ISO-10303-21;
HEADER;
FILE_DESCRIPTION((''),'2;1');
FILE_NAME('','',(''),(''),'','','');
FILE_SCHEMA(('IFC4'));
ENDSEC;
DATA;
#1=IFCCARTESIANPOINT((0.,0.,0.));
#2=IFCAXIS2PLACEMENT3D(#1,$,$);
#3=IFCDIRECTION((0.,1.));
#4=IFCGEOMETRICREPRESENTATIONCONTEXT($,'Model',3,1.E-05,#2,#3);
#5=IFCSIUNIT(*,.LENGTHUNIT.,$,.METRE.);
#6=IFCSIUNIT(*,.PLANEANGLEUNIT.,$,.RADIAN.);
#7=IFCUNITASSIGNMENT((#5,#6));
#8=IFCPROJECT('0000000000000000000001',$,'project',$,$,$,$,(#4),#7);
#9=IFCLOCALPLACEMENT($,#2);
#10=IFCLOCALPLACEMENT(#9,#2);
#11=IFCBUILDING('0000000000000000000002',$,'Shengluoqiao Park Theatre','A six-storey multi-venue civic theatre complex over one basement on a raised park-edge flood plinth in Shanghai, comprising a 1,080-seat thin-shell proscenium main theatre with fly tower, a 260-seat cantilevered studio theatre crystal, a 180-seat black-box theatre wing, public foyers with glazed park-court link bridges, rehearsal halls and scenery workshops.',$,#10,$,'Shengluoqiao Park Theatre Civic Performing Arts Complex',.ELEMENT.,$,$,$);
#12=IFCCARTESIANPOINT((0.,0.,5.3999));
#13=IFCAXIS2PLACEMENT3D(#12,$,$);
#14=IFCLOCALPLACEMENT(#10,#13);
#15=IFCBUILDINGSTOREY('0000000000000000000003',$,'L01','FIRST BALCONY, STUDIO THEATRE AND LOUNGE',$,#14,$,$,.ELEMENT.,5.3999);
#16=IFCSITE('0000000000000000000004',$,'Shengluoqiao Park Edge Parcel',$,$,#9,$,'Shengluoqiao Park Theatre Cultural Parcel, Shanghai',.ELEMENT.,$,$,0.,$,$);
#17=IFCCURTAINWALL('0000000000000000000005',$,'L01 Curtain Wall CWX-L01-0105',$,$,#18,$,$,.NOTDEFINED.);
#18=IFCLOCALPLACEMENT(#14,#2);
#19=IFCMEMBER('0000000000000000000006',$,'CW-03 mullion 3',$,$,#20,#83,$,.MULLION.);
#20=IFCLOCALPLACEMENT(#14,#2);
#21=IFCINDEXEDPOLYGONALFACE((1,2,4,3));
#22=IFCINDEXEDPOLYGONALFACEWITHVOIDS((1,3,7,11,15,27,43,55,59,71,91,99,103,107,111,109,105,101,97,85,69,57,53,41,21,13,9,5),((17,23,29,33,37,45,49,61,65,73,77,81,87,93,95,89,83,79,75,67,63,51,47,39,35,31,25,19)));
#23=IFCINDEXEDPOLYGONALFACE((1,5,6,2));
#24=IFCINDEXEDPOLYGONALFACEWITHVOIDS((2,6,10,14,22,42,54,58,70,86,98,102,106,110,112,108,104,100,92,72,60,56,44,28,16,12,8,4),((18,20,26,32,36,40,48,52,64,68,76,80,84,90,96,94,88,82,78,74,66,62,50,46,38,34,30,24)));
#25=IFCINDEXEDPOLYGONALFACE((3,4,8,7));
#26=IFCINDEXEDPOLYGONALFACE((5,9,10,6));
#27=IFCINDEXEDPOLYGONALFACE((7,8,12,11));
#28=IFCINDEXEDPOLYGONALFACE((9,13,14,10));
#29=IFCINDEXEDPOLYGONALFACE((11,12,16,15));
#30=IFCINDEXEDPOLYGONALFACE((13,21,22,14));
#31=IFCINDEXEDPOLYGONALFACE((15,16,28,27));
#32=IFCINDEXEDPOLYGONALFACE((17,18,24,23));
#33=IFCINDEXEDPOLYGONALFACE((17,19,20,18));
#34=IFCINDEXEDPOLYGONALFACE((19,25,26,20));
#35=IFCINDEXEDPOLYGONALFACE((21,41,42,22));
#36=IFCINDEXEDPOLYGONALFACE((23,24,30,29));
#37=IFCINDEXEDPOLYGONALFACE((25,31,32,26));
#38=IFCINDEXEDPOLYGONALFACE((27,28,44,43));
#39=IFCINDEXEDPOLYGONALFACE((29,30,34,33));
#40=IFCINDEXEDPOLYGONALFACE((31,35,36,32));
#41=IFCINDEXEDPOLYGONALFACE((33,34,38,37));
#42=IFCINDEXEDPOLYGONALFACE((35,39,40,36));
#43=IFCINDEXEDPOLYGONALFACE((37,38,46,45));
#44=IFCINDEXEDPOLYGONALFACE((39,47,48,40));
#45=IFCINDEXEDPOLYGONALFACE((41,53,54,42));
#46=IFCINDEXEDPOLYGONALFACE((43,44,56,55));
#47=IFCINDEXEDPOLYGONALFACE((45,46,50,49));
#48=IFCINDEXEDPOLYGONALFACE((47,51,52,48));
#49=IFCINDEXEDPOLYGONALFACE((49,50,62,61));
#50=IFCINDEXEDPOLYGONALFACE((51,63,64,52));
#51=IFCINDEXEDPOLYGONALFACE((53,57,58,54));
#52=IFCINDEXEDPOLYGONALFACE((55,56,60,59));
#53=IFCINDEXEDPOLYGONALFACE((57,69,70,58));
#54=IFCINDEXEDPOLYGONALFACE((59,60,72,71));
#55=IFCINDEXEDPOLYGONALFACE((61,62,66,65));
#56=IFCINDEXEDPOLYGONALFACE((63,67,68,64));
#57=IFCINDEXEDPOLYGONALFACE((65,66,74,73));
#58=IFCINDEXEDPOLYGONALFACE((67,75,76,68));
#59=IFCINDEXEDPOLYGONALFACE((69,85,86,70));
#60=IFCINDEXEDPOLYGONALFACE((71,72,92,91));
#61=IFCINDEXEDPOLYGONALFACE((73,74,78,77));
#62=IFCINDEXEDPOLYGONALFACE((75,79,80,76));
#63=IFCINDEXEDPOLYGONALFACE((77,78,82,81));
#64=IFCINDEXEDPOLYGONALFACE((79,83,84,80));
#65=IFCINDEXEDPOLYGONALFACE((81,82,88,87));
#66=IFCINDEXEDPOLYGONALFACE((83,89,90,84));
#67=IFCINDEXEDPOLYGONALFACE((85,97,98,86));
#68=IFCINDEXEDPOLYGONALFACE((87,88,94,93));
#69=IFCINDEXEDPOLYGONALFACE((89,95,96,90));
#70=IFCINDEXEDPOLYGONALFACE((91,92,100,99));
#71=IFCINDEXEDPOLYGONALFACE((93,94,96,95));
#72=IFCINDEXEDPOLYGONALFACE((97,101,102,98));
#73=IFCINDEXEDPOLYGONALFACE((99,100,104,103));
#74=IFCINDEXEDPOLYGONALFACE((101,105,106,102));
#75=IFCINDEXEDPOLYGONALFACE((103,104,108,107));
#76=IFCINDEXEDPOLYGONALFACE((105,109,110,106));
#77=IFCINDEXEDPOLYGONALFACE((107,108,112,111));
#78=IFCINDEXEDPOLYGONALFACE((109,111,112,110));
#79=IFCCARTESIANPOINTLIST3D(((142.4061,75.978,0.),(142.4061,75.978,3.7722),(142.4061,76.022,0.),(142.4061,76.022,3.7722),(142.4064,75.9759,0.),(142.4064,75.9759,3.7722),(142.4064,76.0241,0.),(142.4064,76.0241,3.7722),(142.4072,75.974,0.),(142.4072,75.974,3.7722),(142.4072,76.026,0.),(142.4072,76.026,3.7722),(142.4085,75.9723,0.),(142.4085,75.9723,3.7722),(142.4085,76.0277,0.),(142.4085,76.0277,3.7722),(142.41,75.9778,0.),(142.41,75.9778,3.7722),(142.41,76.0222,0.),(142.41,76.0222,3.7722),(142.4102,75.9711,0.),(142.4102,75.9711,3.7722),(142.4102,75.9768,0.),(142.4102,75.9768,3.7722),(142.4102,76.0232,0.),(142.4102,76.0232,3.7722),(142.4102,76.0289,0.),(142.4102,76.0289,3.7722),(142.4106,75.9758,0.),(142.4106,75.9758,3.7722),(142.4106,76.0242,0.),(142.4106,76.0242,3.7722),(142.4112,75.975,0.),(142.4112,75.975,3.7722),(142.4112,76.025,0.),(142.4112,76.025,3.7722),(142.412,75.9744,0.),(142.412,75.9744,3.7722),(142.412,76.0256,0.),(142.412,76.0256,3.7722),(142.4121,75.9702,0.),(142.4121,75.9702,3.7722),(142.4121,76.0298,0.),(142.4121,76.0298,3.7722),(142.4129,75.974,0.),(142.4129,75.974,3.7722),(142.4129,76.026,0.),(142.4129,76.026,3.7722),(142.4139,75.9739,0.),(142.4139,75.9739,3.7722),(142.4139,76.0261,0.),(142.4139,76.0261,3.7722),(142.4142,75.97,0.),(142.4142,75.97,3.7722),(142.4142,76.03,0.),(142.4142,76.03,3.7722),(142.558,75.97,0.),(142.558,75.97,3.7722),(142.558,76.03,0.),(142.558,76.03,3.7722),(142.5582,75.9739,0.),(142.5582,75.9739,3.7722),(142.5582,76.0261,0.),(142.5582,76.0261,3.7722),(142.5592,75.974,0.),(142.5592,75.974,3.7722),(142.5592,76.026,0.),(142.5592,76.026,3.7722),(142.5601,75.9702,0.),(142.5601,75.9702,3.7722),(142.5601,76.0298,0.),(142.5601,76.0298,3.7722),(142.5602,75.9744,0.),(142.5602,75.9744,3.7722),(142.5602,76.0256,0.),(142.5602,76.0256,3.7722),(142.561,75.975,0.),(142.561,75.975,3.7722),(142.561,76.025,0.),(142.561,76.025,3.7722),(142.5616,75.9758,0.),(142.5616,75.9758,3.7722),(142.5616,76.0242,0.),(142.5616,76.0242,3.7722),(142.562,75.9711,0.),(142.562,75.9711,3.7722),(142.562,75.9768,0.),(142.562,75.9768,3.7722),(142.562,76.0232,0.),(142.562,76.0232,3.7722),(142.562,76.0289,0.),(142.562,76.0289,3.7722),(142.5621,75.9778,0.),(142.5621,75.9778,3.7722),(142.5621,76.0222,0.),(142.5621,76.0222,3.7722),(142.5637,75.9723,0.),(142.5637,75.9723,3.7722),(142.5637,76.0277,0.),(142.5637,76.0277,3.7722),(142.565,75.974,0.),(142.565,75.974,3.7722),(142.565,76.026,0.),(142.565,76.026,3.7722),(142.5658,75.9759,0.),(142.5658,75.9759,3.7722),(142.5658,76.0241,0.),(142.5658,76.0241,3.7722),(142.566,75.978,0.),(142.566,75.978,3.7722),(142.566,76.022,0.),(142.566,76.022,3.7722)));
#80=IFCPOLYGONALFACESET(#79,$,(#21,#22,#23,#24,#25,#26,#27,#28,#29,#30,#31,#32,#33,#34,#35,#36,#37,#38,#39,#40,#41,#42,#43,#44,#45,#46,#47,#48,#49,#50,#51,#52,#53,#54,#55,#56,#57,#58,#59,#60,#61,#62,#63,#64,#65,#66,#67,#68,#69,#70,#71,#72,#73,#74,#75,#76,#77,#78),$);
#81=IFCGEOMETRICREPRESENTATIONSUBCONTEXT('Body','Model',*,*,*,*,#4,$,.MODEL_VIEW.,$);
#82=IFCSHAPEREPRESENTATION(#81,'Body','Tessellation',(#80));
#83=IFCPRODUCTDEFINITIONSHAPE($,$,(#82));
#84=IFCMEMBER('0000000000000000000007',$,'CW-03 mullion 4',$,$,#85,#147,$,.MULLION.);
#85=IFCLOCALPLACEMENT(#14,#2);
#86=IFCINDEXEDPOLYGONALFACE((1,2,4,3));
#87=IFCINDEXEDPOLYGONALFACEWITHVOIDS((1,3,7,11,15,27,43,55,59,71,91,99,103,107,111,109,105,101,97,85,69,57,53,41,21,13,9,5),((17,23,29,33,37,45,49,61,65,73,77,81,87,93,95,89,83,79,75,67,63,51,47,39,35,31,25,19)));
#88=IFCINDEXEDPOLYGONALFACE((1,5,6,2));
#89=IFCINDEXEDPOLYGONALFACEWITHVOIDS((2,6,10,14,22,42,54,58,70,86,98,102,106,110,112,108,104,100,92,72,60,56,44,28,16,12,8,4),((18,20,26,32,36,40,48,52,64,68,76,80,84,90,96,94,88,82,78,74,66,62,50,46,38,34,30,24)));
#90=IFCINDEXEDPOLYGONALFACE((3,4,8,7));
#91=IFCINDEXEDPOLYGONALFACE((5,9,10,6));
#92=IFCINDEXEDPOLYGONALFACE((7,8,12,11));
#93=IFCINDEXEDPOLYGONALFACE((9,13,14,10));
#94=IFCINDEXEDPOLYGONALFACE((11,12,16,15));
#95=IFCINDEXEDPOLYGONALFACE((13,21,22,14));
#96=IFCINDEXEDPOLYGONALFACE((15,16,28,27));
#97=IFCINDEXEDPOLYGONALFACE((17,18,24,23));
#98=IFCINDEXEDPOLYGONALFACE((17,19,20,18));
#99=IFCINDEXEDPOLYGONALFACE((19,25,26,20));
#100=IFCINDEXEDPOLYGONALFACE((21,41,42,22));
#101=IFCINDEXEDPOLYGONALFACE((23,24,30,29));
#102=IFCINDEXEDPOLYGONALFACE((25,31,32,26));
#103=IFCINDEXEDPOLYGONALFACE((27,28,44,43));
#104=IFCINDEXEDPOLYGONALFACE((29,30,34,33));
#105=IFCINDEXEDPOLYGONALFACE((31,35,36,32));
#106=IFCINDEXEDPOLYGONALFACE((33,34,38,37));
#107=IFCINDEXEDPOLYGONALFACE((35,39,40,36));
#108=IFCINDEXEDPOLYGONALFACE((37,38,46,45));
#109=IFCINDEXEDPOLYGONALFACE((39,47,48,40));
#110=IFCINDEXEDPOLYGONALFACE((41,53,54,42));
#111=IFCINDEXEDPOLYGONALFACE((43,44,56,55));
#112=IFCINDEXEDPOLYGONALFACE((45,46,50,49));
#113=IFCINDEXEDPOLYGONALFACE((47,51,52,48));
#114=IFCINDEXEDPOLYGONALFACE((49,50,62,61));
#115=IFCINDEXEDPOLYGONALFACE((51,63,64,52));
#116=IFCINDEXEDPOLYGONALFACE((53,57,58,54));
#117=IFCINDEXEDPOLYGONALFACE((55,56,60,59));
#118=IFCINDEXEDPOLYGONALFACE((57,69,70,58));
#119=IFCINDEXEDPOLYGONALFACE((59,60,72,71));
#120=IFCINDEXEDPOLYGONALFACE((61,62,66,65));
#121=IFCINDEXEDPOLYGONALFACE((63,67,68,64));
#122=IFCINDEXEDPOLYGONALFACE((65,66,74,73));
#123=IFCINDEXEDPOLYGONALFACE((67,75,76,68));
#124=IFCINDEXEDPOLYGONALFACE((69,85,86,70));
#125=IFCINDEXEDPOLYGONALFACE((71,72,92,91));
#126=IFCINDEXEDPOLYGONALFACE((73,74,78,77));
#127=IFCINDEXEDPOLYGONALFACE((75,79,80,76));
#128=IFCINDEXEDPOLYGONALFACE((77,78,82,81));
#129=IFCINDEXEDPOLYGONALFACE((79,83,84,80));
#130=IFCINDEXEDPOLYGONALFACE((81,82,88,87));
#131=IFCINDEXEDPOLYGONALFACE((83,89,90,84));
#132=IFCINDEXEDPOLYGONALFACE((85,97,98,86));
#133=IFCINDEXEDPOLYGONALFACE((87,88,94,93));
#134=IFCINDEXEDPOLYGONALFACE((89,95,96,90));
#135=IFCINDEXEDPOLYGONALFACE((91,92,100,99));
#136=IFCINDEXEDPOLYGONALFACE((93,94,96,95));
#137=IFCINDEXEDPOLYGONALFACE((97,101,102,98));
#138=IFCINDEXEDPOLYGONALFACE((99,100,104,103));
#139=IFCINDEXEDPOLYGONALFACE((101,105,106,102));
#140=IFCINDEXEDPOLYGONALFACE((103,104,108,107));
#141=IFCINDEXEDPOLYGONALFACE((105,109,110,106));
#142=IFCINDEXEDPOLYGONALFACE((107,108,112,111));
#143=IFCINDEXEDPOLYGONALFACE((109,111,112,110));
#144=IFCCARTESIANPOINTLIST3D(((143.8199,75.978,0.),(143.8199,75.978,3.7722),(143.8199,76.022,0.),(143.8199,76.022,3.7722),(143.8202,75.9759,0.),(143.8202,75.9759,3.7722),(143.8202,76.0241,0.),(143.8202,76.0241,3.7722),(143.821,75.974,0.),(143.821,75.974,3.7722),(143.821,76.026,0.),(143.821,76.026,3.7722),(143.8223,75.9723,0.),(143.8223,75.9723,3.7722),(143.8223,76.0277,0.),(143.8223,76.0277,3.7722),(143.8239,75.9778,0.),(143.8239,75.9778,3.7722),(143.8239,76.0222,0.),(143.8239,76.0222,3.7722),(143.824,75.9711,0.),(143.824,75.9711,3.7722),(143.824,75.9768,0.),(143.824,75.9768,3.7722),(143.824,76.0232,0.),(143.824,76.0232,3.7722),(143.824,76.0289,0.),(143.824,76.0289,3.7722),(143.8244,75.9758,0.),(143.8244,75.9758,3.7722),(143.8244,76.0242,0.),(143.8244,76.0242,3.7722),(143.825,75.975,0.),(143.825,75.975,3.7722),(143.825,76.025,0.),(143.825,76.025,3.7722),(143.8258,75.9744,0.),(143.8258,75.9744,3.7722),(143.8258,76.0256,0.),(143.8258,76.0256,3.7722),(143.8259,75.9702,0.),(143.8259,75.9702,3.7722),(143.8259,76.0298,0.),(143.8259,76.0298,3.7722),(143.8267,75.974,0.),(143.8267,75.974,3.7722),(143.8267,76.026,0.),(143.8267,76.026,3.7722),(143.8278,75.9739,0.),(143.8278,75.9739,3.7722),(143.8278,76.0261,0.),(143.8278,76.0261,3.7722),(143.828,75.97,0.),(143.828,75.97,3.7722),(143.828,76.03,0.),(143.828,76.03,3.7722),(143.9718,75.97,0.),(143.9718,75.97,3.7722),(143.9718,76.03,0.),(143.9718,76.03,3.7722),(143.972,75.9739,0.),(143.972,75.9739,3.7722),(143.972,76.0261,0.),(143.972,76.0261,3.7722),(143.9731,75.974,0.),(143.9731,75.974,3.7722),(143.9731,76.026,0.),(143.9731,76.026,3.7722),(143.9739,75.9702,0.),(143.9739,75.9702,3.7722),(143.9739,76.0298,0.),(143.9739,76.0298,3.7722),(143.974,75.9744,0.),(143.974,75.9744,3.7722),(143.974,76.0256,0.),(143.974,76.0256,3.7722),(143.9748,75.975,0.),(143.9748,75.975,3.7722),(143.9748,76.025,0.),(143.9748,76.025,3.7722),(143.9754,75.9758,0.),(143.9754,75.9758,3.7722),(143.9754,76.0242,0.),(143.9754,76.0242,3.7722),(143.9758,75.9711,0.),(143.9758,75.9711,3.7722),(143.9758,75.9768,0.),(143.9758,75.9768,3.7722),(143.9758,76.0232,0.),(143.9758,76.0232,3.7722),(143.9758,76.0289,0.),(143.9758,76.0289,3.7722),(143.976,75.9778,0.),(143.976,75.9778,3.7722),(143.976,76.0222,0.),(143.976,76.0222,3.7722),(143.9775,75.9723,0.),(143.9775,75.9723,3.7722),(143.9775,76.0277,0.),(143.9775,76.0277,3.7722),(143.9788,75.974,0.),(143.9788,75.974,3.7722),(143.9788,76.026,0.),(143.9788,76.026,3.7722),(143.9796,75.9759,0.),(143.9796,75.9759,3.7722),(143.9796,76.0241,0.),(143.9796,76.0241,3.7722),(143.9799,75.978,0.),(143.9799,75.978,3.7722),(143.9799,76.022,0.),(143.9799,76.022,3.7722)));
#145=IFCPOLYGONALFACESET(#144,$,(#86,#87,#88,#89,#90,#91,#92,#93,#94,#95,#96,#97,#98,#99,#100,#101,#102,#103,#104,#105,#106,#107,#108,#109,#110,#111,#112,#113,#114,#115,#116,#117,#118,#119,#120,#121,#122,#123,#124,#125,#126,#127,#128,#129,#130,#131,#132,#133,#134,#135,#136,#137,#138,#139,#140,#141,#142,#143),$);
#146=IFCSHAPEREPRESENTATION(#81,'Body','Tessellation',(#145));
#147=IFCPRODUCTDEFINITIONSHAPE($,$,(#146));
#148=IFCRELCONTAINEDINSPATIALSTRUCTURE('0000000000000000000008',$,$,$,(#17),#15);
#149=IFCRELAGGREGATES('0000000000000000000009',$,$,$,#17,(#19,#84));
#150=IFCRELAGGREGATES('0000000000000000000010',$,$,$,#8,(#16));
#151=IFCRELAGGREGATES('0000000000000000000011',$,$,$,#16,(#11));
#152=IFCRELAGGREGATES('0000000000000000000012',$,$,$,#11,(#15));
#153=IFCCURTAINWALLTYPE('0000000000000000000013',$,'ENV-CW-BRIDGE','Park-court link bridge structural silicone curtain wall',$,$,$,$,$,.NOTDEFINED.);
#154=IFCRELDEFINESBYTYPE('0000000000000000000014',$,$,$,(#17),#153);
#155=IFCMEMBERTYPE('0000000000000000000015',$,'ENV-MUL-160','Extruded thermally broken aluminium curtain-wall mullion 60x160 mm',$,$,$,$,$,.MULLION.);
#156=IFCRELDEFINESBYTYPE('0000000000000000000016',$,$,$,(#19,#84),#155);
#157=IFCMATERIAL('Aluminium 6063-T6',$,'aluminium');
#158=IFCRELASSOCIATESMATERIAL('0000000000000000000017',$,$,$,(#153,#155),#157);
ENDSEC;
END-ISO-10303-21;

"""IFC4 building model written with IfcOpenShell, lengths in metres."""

from ifc_helpers import new_model, si_unit, direction, frame, origin, origin_2d, place, context, subcontext, project, spatial, hollow_rectangle, extrude, material, material_profile, profile_set, type_object, element, aggregate, save


model = new_model("IFC4")

# Units and contexts
model_context = context("Model", 3, precision=1e-05, world=origin(), true_north=direction((0.0, 1.0)))
body_context = subcontext(model_context, "Body", "Model", "MODEL_VIEW")
ifc_project = project(units=[si_unit("LENGTHUNIT", "METRE"), si_unit("PLANEANGLEUNIT", "RADIAN")], contexts=[model_context])

# Site, building, storey
site_placement = place(None, origin())
site = spatial("IfcSite", under=ifc_project, at=site_placement, Name="Shengluoqiao Park Edge Parcel", LongName="Shengluoqiao Park Theatre Cultural Parcel, Shanghai", CompositionType="ELEMENT", RefElevation=0.0)
building_placement = place(site_placement, origin())
building = spatial("IfcBuilding", under=site, at=building_placement, Name="Shengluoqiao Park Theatre", Description="A six-storey multi-venue civic theatre complex over one basement on a raised park-edge flood plinth in Shanghai, comprising a 1,080-seat thin-shell proscenium main theatre with fly tower, a 260-seat cantilevered studio theatre crystal, a 180-seat black-box theatre wing, public foyers with glazed park-court link bridges, rehearsal halls and scenery workshops.", LongName="Shengluoqiao Park Theatre Civic Performing Arts Complex", CompositionType="ELEMENT")
storey_placement = place(building_placement, frame((0.0, 0.0, 5.3999)))
storey = spatial("IfcBuildingStorey", under=building, at=storey_placement, Name="L01", Description="FIRST BALCONY, STUDIO THEATRE AND LOUNGE", CompositionType="ELEMENT", Elevation=5.3999)

# Curtain wall, members
ifc_material_1 = material(Name="Aluminium 6063-T6", Category="aluminium")
curtain_wall_type = type_object("IfcCurtainWallType", Name="ENV-CW-BRIDGE", Description="Park-court link bridge structural silicone curtain wall", PredefinedType="NOTDEFINED", material=ifc_material_1)
curtain_wall_placement = place(storey_placement, origin())
curtain_wall = element("IfcCurtainWall", 1, at=curtain_wall_placement, inside=storey, type_object=curtain_wall_type, Name="L01 Curtain Wall CWX-L01-0105", PredefinedType="NOTDEFINED")
ifc_material_profile_1 = material_profile(ifc_material_1, hollow_rectangle(XDim=0.0601, YDim=0.1599, WallThickness=0.0039, InnerFilletRadius=0.0039, OuterFilletRadius=0.0081, at=origin_2d()), Name="ALU MULLION 160x60x4")
ifc_profile_set_1 = profile_set([ifc_material_profile_1], Name="Aluminium 6063-T6")
member_type_1 = type_object("IfcMemberType", Name="ENV-MUL-160", Description="Extruded thermally broken aluminium curtain-wall mullion 60x160 mm", PredefinedType="MULLION", material=ifc_profile_set_1)
member_1_placement = place(storey_placement, frame((142.4861, 76.0, 0.0), z_axis=(0.0, 0.0, 1.0), x_axis=(0.0, 1.0, 0.0)))
member_1 = element("IfcMember", 2, at=member_1_placement, type_object=member_type_1, Name="CW-03 mullion 3", PredefinedType="MULLION", context=body_context, shape_type="SweptSolid", body=[
    extrude(hollow_rectangle(XDim=0.0601, YDim=0.1599, WallThickness=0.0039, InnerFilletRadius=0.0039, OuterFilletRadius=0.0081, at=origin_2d()), origin(), (0.0, 0.0, 1.0), 3.7722),
])
member_2_placement = place(storey_placement, frame((143.8999, 76.0, 0.0), z_axis=(0.0, 0.0, 1.0), x_axis=(0.0, 1.0, 0.0)))
member_2 = element("IfcMember", 3, at=member_2_placement, type_object=member_type_1, Name="CW-03 mullion 4", PredefinedType="MULLION", context=body_context, shape_type="SweptSolid", body=[
    extrude(hollow_rectangle(XDim=0.0601, YDim=0.1599, WallThickness=0.0039, InnerFilletRadius=0.0039, OuterFilletRadius=0.0081, at=origin_2d()), origin(), (0.0, 0.0, 1.0), 3.7722),
])

aggregate(curtain_wall, [member_1, member_2])

save(model, "model.ifc")
